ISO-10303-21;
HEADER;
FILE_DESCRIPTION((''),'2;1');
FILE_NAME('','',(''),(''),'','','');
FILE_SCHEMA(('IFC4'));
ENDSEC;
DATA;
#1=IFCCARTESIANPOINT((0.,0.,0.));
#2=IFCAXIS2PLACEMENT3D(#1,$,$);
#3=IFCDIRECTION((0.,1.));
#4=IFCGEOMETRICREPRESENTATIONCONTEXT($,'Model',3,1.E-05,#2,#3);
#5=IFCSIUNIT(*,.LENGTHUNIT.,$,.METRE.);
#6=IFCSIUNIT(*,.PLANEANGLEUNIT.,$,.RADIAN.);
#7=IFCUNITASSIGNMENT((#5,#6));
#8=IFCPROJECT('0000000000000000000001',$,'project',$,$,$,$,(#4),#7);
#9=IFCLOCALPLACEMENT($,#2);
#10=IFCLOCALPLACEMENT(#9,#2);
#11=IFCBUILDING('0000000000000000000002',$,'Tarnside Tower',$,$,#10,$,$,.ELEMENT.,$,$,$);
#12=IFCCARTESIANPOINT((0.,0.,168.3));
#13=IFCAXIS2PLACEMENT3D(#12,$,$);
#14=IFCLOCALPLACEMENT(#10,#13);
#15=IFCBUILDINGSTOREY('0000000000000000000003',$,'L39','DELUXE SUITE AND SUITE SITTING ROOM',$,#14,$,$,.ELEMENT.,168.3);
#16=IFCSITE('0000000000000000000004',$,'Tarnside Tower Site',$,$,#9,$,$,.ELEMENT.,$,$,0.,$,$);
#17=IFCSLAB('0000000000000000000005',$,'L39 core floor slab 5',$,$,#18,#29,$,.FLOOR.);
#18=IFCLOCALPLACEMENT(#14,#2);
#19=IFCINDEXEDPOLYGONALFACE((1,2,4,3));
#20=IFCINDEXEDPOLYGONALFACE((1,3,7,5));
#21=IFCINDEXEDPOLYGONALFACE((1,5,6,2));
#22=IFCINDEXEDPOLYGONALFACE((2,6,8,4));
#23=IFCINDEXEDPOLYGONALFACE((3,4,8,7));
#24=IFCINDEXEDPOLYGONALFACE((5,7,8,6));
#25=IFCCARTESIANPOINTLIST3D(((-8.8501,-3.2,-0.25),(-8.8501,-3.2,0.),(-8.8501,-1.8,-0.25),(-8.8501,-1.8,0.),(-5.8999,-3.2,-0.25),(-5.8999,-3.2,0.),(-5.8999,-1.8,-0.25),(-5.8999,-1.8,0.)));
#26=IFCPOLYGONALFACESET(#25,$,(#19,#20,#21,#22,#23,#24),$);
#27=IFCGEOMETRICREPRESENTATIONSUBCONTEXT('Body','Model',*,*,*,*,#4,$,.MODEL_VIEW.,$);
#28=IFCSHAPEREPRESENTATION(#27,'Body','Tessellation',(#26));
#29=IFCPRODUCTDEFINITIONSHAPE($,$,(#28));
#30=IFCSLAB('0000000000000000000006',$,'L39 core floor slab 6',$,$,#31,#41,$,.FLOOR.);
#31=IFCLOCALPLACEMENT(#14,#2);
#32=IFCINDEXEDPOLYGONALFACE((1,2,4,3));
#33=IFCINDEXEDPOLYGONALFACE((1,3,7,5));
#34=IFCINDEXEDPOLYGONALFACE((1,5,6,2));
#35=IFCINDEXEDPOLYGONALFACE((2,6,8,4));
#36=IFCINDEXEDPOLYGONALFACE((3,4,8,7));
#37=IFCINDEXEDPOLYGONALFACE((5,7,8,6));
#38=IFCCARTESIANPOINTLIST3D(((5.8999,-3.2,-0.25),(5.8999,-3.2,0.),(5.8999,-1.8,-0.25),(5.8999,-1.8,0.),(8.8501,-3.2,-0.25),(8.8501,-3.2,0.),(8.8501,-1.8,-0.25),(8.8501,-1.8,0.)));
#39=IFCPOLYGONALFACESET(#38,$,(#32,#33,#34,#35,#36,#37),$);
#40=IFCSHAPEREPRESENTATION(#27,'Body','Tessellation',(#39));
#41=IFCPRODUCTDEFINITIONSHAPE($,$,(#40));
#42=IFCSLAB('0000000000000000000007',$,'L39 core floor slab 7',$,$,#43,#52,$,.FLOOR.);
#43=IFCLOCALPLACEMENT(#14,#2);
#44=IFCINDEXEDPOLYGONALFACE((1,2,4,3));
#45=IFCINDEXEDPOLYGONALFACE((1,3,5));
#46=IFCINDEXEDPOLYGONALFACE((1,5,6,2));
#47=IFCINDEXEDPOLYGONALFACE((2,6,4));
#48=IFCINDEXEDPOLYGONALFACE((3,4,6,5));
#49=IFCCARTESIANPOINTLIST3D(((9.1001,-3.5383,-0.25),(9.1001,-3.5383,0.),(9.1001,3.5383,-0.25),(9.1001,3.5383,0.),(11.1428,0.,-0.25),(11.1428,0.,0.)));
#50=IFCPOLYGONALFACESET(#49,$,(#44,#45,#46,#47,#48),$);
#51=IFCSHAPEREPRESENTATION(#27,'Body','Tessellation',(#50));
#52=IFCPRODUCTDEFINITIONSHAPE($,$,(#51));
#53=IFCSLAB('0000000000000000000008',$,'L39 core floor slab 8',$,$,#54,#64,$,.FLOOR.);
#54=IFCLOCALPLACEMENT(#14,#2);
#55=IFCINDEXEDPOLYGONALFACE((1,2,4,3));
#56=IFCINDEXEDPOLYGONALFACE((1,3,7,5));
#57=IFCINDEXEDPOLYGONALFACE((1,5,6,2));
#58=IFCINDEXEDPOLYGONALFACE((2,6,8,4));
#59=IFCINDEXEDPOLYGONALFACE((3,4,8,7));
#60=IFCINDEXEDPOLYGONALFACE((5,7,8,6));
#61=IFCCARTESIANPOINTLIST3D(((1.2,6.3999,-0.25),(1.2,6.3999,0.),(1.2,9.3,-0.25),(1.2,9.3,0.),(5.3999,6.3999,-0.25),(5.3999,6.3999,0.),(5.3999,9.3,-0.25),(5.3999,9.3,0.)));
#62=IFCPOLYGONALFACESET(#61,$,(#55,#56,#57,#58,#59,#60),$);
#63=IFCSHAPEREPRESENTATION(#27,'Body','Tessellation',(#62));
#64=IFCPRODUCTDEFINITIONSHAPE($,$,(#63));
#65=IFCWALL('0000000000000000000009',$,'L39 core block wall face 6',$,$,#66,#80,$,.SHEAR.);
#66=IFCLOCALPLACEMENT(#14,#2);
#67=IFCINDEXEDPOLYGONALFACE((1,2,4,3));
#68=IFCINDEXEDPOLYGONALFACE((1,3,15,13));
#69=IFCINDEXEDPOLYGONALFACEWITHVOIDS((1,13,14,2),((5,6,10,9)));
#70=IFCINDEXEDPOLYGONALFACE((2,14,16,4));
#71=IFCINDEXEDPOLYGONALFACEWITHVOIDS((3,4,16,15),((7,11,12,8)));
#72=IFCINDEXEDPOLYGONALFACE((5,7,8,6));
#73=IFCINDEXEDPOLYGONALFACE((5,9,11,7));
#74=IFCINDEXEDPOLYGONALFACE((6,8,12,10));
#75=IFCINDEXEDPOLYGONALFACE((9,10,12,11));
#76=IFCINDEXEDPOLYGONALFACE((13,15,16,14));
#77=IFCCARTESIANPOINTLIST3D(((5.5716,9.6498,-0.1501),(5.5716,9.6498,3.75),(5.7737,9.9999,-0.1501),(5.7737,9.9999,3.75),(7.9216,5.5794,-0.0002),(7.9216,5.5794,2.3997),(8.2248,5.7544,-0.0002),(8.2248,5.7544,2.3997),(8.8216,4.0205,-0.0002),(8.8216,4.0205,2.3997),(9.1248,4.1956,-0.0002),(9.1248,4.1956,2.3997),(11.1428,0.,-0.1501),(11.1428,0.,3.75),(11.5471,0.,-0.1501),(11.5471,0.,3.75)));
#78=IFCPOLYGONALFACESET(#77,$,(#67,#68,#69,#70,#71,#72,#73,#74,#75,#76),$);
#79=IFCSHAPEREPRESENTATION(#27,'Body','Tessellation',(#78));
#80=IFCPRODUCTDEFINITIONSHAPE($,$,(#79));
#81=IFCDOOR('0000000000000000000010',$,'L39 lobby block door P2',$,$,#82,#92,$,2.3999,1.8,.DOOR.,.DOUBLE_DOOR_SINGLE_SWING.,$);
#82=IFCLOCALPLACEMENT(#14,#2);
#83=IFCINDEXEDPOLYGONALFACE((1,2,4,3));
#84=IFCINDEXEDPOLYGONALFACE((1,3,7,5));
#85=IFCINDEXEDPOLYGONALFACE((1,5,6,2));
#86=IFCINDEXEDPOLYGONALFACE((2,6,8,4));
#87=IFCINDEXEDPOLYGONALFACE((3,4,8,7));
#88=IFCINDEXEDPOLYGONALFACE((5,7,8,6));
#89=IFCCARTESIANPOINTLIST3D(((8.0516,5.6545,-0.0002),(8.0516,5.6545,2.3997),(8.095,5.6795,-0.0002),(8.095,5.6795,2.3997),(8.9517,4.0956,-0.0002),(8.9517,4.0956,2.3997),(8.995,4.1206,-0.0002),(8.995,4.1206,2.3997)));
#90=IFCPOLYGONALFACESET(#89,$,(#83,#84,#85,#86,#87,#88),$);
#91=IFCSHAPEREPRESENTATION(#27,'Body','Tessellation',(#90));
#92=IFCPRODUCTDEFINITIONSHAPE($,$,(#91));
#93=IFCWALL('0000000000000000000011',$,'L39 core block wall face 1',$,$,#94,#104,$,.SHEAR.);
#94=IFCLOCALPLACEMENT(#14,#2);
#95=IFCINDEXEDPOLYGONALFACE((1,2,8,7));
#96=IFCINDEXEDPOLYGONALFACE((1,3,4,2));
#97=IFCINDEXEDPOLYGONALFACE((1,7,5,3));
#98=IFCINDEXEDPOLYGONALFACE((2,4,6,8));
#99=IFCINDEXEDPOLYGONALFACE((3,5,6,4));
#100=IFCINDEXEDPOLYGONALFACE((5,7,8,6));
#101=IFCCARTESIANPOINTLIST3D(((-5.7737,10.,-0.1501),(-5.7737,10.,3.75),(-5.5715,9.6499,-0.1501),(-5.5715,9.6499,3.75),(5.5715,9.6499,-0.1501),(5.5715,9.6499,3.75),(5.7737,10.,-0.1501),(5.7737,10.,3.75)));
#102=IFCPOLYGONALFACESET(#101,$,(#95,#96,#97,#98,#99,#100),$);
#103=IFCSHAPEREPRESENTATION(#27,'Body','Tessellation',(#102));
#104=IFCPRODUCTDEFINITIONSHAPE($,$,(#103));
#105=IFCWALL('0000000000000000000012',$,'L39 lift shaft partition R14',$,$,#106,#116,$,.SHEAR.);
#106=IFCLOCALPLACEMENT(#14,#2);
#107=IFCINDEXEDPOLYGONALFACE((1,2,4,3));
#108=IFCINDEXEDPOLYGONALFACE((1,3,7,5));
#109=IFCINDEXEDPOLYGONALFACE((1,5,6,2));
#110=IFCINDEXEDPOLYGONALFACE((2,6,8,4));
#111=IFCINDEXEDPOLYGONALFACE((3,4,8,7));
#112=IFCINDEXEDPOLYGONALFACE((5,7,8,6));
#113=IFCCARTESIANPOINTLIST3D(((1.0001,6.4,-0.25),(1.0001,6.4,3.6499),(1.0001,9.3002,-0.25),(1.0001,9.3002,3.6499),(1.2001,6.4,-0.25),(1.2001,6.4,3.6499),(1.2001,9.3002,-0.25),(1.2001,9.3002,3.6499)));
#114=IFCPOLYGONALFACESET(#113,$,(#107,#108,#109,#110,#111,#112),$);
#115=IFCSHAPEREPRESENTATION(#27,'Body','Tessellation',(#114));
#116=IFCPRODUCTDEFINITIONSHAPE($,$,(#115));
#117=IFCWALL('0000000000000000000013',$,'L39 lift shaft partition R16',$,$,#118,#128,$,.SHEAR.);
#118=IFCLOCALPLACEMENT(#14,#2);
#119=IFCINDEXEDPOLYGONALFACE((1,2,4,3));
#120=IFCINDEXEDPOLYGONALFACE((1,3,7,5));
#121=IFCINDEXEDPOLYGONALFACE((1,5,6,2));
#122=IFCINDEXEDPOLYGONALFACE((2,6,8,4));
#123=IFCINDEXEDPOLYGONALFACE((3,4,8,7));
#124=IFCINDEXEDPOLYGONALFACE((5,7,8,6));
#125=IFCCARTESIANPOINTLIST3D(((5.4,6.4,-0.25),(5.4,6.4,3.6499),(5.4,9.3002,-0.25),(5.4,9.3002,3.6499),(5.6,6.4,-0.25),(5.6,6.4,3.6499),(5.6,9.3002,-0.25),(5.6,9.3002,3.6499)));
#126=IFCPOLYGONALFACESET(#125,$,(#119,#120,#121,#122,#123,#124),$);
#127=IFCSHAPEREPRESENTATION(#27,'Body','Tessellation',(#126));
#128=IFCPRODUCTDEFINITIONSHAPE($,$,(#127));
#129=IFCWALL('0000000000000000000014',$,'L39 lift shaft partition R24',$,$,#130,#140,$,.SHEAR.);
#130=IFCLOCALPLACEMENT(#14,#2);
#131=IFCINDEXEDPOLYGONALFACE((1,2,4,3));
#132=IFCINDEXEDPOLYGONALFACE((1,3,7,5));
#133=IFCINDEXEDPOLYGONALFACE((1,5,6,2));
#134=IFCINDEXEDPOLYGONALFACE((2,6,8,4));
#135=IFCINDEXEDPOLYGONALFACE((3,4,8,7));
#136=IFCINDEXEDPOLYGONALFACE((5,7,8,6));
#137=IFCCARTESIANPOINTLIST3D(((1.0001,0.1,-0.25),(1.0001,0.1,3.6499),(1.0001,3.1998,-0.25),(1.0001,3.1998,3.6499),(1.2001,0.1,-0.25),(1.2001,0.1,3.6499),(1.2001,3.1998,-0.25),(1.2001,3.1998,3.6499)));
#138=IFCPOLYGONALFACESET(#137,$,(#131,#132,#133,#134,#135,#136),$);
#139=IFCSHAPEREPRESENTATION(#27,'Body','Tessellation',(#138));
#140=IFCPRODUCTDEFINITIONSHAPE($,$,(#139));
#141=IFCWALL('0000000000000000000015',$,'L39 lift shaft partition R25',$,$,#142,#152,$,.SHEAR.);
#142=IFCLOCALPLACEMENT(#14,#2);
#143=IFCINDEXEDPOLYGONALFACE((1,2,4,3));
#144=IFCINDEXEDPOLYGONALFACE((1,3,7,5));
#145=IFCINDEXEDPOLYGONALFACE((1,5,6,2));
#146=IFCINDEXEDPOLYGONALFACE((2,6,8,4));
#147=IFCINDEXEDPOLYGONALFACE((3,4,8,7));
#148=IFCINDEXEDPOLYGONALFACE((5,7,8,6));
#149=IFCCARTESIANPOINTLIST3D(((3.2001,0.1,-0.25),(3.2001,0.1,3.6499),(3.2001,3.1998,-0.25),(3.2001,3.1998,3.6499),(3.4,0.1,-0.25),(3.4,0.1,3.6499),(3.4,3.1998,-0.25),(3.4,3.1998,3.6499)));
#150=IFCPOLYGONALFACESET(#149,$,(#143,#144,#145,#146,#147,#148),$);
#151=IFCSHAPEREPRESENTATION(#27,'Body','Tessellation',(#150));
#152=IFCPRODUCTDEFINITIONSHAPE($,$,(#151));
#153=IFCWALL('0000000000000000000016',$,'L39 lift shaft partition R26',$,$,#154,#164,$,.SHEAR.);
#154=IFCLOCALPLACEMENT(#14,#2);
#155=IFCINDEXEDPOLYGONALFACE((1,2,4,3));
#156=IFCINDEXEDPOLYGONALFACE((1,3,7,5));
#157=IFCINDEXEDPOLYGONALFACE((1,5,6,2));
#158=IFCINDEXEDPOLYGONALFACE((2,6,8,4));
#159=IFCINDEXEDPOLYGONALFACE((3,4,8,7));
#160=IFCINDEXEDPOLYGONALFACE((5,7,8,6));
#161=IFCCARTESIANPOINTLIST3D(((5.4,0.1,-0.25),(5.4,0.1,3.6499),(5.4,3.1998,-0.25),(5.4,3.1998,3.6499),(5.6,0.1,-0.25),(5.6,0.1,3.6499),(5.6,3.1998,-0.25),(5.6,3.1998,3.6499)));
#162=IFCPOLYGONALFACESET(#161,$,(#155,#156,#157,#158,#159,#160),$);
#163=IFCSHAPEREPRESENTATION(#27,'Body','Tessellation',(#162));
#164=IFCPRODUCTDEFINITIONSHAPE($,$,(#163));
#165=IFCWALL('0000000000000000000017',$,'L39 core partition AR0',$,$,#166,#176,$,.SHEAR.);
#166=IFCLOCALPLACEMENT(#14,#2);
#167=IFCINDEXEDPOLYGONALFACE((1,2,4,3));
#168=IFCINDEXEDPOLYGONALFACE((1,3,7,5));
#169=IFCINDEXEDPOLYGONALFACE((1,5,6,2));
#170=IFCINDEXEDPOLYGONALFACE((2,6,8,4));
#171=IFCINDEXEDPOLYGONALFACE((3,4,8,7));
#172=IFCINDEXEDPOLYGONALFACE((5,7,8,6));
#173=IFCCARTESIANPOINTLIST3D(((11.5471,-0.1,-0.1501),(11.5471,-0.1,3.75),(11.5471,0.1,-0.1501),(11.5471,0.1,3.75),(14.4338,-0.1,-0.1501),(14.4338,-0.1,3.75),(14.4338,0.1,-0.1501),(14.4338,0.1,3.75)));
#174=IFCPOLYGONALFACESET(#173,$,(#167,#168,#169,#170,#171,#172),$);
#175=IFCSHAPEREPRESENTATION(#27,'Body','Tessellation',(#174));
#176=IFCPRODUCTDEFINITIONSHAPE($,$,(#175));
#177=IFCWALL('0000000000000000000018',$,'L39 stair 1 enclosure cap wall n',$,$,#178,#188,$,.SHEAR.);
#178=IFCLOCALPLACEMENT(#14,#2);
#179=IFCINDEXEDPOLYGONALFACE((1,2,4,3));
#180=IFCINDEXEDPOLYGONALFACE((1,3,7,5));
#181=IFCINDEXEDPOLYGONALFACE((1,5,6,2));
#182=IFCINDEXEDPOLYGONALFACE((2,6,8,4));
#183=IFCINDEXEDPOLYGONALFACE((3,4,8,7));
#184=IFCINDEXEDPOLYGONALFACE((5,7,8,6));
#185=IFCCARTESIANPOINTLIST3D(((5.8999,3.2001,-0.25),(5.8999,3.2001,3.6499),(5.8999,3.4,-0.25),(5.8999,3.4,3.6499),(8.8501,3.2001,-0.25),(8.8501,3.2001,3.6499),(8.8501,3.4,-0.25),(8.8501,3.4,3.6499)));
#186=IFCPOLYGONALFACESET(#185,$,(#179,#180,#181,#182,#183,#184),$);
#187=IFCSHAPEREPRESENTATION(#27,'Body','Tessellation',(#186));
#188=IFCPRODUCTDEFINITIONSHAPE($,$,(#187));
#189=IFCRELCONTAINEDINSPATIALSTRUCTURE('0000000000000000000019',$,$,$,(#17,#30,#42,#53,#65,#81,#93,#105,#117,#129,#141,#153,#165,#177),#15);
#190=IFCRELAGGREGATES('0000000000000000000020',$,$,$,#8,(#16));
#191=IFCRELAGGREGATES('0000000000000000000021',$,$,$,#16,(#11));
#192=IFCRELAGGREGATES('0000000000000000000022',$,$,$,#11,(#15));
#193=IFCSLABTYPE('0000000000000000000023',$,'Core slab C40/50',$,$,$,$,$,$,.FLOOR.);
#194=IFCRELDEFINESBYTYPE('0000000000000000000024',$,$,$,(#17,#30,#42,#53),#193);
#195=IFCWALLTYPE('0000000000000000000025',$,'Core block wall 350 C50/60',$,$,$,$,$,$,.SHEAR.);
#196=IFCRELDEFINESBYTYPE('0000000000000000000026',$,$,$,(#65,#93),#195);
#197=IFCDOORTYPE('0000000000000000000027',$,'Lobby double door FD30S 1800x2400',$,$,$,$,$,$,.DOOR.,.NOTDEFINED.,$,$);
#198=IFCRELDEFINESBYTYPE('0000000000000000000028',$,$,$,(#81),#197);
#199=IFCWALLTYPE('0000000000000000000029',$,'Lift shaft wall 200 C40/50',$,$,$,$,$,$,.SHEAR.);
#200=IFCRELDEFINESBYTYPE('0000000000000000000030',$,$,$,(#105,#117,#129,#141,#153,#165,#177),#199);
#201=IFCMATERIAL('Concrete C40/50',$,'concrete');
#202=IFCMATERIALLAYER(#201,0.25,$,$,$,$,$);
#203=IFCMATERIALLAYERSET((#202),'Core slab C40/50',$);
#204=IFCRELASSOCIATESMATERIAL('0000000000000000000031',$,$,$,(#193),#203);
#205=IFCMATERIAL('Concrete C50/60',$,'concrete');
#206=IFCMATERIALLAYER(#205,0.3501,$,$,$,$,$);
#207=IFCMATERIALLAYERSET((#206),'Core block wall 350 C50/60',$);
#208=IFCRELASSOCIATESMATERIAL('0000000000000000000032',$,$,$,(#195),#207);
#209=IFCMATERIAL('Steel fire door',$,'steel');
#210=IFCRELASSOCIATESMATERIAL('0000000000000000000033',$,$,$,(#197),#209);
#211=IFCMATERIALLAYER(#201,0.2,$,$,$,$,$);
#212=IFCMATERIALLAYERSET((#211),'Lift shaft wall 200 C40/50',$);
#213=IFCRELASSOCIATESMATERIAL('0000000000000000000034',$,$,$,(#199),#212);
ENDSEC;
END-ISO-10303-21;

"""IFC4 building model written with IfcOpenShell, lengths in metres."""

from ifc_helpers import new_model, si_unit, direction, frame, frame_2d, origin, place, context, subcontext, project, spatial, polyline, rectangle, outline, extrude, material, layer, layer_set, type_object, element, fill, save


model = new_model("IFC4")

# Units and contexts
model_context = context("Model", 3, precision=1e-05, world=origin(), true_north=direction((0.0, 1.0)))
body_context = subcontext(model_context, "Body", "Model", "MODEL_VIEW")
ifc_project = project(units=[si_unit("LENGTHUNIT", "METRE"), si_unit("PLANEANGLEUNIT", "RADIAN")], contexts=[model_context])

# Site, building, storey
site_placement = place(None, origin())
site = spatial("IfcSite", under=ifc_project, at=site_placement, Name="Tarnside Tower Site", CompositionType="ELEMENT", RefElevation=0.0)
building_placement = place(site_placement, origin())
building = spatial("IfcBuilding", under=site, at=building_placement, Name="Tarnside Tower", CompositionType="ELEMENT")
storey_placement = place(building_placement, frame((0.0, 0.0, 168.3)))
storey = spatial("IfcBuildingStorey", under=building, at=storey_placement, Name="L39", Description="DELUXE SUITE AND SUITE SITTING ROOM", CompositionType="ELEMENT", Elevation=168.3)

# Slabs
ifc_material_1 = material(Name="Concrete C40/50", Category="concrete")
ifc_layer_1 = layer(ifc_material_1, 0.25)
ifc_layer_set_1 = layer_set([ifc_layer_1], Name="Core slab C40/50")
slab_type = type_object("IfcSlabType", Name="Core slab C40/50", PredefinedType="FLOOR", material=ifc_layer_set_1)
slab_1_placement = place(storey_placement, frame((0.0, 0.0, -0.25)))
element("IfcSlab", 1, at=slab_1_placement, inside=storey, type_object=slab_type, Name="L39 core floor slab 5", PredefinedType="FLOOR", context=body_context, shape_type="SweptSolid", body=[
    extrude(outline(polyline([(-8.8501, -1.8), (-5.8999, -1.8), (-5.8999, -3.2), (-8.8501, -3.2), (-8.8501, -1.8)])), origin(), (0.0, 0.0, 1.0), 0.25),
])
slab_2_placement = place(storey_placement, frame((0.0, 0.0, -0.25)))
element("IfcSlab", 2, at=slab_2_placement, inside=storey, type_object=slab_type, Name="L39 core floor slab 6", PredefinedType="FLOOR", context=body_context, shape_type="SweptSolid", body=[
    extrude(outline(polyline([(5.8999, -3.2), (5.8999, -1.8), (8.8501, -1.8), (8.8501, -3.2), (5.8999, -3.2)])), origin(), (0.0, 0.0, 1.0), 0.25),
])
slab_3_placement = place(storey_placement, frame((0.0, 0.0, -0.25)))
element("IfcSlab", 3, at=slab_3_placement, inside=storey, type_object=slab_type, Name="L39 core floor slab 7", PredefinedType="FLOOR", context=body_context, shape_type="SweptSolid", body=[
    extrude(outline(polyline([(9.1001, -3.5383), (9.1001, 3.5383), (11.1428, 0.0), (9.1001, -3.5383)])), origin(), (0.0, 0.0, 1.0), 0.25),
])
slab_4_placement = place(storey_placement, frame((0.0, 0.0, -0.25)))
element("IfcSlab", 4, at=slab_4_placement, inside=storey, type_object=slab_type, Name="L39 core floor slab 8", PredefinedType="FLOOR", context=body_context, shape_type="SweptSolid", body=[
    extrude(outline(polyline([(5.3999, 9.3), (5.3999, 6.3999), (1.2, 6.3999), (1.2, 9.3), (5.3999, 9.3)])), origin(), (0.0, 0.0, 1.0), 0.25),
])

# Wall, opening, door
ifc_material_2 = material(Name="Concrete C50/60", Category="concrete")
ifc_layer_2 = layer(ifc_material_2, 0.3501)
ifc_layer_set_2 = layer_set([ifc_layer_2], Name="Core block wall 350 C50/60")
wall_type_1 = type_object("IfcWallType", Name="Core block wall 350 C50/60", PredefinedType="SHEAR", material=ifc_layer_set_2)
wall_1_placement = place(storey_placement, frame((11.345, 0.0, -0.1501), z_axis=(0.0, 0.0, 1.0), x_axis=(-0.499995, 0.866028, 0.0)))
wall_1 = element("IfcWall", 5, at=wall_1_placement, inside=storey, type_object=wall_type_1, Name="L39 core block wall face 6", PredefinedType="SHEAR", context=body_context, shape_type="SweptSolid", body=[
    extrude(outline(polyline([(-0.1011, -0.175), (11.4458, -0.175), (11.2437, 0.175), (0.1011, 0.175), (-0.1011, -0.175)])), origin(), (0.0, 0.0, 1.0), 3.9001),
])
opening_placement = place(wall_1_placement, frame((4.7437, 0.0, 0.1499)))
opening = element("IfcOpeningElement", 6, at=opening_placement, cuts=wall_1, PredefinedType="OPENING", context=body_context, shape_type="SweptSolid", body=[
    extrude(rectangle(XDim=1.8, YDim=2.3999, at=frame_2d((0.8999, 1.2))), frame((0.0, 0.1851, 0.0), z_axis=(0.0, -1.0, 0.0), x_axis=(1.0, 0.0, 0.0)), (0.0, 0.0, 1.0), 0.3701),
])
ifc_material_3 = material(Name="Steel fire door", Category="steel")
door_type = type_object("IfcDoorType", Name="Lobby double door FD30S 1800x2400", OperationType="NOTDEFINED", PredefinedType="DOOR", material=ifc_material_3)
door_placement = place(opening_placement, origin())
door = element("IfcDoor", 7, at=door_placement, inside=storey, type_object=door_type, Name="L39 lobby block door P2", OperationType="DOUBLE_DOOR_SINGLE_SWING", OverallHeight=2.3999, OverallWidth=1.8, PredefinedType="DOOR", context=body_context, shape_type="SweptSolid", body=[
    extrude(rectangle(XDim=1.8, YDim=2.3999, at=frame_2d((0.8999, 1.2))), frame((0.0, 0.0249, 0.0), z_axis=(0.0, -1.0, 0.0), x_axis=(1.0, 0.0, 0.0)), (0.0, 0.0, 1.0), 0.05),
])
fill(opening, door)

# Walls
wall_2_placement = place(storey_placement, frame((5.6726, 9.825, -0.1501), z_axis=(0.0, 0.0, 1.0), x_axis=(-1.0, 0.0, 0.0)))
element("IfcWall", 8, at=wall_2_placement, inside=storey, type_object=wall_type_1, Name="L39 core block wall face 1", PredefinedType="SHEAR", context=body_context, shape_type="SweptSolid", body=[
    extrude(outline(polyline([(-0.1011, -0.175), (11.4463, -0.175), (11.2441, 0.175), (0.1011, 0.175), (-0.1011, -0.175)])), origin(), (0.0, 0.0, 1.0), 3.9001),
])
ifc_layer_3 = layer(ifc_material_1, 0.2)
ifc_layer_set_3 = layer_set([ifc_layer_3], Name="Lift shaft wall 200 C40/50")
wall_type_2 = type_object("IfcWallType", Name="Lift shaft wall 200 C40/50", PredefinedType="SHEAR", material=ifc_layer_set_3)
for number, where, z_axis, x_axis, name in (
    (9, (1.1001, 6.3999, -0.25), (0.0, 0.0, 1.0), (0.0, 1.0, 0.0), "L39 lift shaft partition R14"),
    (10, (5.5, 6.3999, -0.25), (0.0, 0.0, 1.0), (0.0, 1.0, 0.0), "L39 lift shaft partition R16"),
):
    element("IfcWall", number, at=place(storey_placement, frame(where, z_axis=z_axis, x_axis=x_axis)), inside=storey, type_object=wall_type_2, Name=name, PredefinedType="SHEAR", context=body_context, shape_type="SweptSolid", body=[
        extrude(rectangle(XDim=2.9001, YDim=0.2, at=frame_2d((1.4502, 0.0))), origin(), (0.0, 0.0, 1.0), 3.8999),
    ])
for number, where, z_axis, x_axis, name in (
    (11, (1.1001, 0.1001, -0.25), (0.0, 0.0, 1.0), (0.0, 1.0, 0.0), "L39 lift shaft partition R24"),
    (12, (3.3, 0.1001, -0.25), (0.0, 0.0, 1.0), (0.0, 1.0, 0.0), "L39 lift shaft partition R25"),
    (13, (5.5, 0.1001, -0.25), (0.0, 0.0, 1.0), (0.0, 1.0, 0.0), "L39 lift shaft partition R26"),
):
    element("IfcWall", number, at=place(storey_placement, frame(where, z_axis=z_axis, x_axis=x_axis)), inside=storey, type_object=wall_type_2, Name=name, PredefinedType="SHEAR", context=body_context, shape_type="SweptSolid", body=[
        extrude(rectangle(XDim=3.0999, YDim=0.2, at=frame_2d((1.5498, 0.0))), origin(), (0.0, 0.0, 1.0), 3.8999),
    ])
wall_3_placement = place(storey_placement, frame((11.5471, 0.0, -0.1501), z_axis=(0.0, 0.0, 1.0), x_axis=(1.0, 0.0, 0.0)))
element("IfcWall", 14, at=wall_3_placement, inside=storey, type_object=wall_type_2, Name="L39 core partition AR0", PredefinedType="SHEAR", context=body_context, shape_type="SweptSolid", body=[
    extrude(rectangle(XDim=2.8867, YDim=0.2, at=frame_2d((1.4434, 0.0))), origin(), (0.0, 0.0, 1.0), 3.9001),
])
wall_4_placement = place(storey_placement, frame((5.8999, 3.3, -0.25), z_axis=(0.0, 0.0, 1.0), x_axis=(1.0, 0.0, 0.0)))
element("IfcWall", 15, at=wall_4_placement, inside=storey, type_object=wall_type_2, Name="L39 stair 1 enclosure cap wall n", PredefinedType="SHEAR", context=body_context, shape_type="SweptSolid", body=[
    extrude(rectangle(XDim=2.9502, YDim=0.2, at=frame_2d((1.4751, 0.0))), origin(), (0.0, 0.0, 1.0), 3.8999),
])

save(model, "model.ifc")
